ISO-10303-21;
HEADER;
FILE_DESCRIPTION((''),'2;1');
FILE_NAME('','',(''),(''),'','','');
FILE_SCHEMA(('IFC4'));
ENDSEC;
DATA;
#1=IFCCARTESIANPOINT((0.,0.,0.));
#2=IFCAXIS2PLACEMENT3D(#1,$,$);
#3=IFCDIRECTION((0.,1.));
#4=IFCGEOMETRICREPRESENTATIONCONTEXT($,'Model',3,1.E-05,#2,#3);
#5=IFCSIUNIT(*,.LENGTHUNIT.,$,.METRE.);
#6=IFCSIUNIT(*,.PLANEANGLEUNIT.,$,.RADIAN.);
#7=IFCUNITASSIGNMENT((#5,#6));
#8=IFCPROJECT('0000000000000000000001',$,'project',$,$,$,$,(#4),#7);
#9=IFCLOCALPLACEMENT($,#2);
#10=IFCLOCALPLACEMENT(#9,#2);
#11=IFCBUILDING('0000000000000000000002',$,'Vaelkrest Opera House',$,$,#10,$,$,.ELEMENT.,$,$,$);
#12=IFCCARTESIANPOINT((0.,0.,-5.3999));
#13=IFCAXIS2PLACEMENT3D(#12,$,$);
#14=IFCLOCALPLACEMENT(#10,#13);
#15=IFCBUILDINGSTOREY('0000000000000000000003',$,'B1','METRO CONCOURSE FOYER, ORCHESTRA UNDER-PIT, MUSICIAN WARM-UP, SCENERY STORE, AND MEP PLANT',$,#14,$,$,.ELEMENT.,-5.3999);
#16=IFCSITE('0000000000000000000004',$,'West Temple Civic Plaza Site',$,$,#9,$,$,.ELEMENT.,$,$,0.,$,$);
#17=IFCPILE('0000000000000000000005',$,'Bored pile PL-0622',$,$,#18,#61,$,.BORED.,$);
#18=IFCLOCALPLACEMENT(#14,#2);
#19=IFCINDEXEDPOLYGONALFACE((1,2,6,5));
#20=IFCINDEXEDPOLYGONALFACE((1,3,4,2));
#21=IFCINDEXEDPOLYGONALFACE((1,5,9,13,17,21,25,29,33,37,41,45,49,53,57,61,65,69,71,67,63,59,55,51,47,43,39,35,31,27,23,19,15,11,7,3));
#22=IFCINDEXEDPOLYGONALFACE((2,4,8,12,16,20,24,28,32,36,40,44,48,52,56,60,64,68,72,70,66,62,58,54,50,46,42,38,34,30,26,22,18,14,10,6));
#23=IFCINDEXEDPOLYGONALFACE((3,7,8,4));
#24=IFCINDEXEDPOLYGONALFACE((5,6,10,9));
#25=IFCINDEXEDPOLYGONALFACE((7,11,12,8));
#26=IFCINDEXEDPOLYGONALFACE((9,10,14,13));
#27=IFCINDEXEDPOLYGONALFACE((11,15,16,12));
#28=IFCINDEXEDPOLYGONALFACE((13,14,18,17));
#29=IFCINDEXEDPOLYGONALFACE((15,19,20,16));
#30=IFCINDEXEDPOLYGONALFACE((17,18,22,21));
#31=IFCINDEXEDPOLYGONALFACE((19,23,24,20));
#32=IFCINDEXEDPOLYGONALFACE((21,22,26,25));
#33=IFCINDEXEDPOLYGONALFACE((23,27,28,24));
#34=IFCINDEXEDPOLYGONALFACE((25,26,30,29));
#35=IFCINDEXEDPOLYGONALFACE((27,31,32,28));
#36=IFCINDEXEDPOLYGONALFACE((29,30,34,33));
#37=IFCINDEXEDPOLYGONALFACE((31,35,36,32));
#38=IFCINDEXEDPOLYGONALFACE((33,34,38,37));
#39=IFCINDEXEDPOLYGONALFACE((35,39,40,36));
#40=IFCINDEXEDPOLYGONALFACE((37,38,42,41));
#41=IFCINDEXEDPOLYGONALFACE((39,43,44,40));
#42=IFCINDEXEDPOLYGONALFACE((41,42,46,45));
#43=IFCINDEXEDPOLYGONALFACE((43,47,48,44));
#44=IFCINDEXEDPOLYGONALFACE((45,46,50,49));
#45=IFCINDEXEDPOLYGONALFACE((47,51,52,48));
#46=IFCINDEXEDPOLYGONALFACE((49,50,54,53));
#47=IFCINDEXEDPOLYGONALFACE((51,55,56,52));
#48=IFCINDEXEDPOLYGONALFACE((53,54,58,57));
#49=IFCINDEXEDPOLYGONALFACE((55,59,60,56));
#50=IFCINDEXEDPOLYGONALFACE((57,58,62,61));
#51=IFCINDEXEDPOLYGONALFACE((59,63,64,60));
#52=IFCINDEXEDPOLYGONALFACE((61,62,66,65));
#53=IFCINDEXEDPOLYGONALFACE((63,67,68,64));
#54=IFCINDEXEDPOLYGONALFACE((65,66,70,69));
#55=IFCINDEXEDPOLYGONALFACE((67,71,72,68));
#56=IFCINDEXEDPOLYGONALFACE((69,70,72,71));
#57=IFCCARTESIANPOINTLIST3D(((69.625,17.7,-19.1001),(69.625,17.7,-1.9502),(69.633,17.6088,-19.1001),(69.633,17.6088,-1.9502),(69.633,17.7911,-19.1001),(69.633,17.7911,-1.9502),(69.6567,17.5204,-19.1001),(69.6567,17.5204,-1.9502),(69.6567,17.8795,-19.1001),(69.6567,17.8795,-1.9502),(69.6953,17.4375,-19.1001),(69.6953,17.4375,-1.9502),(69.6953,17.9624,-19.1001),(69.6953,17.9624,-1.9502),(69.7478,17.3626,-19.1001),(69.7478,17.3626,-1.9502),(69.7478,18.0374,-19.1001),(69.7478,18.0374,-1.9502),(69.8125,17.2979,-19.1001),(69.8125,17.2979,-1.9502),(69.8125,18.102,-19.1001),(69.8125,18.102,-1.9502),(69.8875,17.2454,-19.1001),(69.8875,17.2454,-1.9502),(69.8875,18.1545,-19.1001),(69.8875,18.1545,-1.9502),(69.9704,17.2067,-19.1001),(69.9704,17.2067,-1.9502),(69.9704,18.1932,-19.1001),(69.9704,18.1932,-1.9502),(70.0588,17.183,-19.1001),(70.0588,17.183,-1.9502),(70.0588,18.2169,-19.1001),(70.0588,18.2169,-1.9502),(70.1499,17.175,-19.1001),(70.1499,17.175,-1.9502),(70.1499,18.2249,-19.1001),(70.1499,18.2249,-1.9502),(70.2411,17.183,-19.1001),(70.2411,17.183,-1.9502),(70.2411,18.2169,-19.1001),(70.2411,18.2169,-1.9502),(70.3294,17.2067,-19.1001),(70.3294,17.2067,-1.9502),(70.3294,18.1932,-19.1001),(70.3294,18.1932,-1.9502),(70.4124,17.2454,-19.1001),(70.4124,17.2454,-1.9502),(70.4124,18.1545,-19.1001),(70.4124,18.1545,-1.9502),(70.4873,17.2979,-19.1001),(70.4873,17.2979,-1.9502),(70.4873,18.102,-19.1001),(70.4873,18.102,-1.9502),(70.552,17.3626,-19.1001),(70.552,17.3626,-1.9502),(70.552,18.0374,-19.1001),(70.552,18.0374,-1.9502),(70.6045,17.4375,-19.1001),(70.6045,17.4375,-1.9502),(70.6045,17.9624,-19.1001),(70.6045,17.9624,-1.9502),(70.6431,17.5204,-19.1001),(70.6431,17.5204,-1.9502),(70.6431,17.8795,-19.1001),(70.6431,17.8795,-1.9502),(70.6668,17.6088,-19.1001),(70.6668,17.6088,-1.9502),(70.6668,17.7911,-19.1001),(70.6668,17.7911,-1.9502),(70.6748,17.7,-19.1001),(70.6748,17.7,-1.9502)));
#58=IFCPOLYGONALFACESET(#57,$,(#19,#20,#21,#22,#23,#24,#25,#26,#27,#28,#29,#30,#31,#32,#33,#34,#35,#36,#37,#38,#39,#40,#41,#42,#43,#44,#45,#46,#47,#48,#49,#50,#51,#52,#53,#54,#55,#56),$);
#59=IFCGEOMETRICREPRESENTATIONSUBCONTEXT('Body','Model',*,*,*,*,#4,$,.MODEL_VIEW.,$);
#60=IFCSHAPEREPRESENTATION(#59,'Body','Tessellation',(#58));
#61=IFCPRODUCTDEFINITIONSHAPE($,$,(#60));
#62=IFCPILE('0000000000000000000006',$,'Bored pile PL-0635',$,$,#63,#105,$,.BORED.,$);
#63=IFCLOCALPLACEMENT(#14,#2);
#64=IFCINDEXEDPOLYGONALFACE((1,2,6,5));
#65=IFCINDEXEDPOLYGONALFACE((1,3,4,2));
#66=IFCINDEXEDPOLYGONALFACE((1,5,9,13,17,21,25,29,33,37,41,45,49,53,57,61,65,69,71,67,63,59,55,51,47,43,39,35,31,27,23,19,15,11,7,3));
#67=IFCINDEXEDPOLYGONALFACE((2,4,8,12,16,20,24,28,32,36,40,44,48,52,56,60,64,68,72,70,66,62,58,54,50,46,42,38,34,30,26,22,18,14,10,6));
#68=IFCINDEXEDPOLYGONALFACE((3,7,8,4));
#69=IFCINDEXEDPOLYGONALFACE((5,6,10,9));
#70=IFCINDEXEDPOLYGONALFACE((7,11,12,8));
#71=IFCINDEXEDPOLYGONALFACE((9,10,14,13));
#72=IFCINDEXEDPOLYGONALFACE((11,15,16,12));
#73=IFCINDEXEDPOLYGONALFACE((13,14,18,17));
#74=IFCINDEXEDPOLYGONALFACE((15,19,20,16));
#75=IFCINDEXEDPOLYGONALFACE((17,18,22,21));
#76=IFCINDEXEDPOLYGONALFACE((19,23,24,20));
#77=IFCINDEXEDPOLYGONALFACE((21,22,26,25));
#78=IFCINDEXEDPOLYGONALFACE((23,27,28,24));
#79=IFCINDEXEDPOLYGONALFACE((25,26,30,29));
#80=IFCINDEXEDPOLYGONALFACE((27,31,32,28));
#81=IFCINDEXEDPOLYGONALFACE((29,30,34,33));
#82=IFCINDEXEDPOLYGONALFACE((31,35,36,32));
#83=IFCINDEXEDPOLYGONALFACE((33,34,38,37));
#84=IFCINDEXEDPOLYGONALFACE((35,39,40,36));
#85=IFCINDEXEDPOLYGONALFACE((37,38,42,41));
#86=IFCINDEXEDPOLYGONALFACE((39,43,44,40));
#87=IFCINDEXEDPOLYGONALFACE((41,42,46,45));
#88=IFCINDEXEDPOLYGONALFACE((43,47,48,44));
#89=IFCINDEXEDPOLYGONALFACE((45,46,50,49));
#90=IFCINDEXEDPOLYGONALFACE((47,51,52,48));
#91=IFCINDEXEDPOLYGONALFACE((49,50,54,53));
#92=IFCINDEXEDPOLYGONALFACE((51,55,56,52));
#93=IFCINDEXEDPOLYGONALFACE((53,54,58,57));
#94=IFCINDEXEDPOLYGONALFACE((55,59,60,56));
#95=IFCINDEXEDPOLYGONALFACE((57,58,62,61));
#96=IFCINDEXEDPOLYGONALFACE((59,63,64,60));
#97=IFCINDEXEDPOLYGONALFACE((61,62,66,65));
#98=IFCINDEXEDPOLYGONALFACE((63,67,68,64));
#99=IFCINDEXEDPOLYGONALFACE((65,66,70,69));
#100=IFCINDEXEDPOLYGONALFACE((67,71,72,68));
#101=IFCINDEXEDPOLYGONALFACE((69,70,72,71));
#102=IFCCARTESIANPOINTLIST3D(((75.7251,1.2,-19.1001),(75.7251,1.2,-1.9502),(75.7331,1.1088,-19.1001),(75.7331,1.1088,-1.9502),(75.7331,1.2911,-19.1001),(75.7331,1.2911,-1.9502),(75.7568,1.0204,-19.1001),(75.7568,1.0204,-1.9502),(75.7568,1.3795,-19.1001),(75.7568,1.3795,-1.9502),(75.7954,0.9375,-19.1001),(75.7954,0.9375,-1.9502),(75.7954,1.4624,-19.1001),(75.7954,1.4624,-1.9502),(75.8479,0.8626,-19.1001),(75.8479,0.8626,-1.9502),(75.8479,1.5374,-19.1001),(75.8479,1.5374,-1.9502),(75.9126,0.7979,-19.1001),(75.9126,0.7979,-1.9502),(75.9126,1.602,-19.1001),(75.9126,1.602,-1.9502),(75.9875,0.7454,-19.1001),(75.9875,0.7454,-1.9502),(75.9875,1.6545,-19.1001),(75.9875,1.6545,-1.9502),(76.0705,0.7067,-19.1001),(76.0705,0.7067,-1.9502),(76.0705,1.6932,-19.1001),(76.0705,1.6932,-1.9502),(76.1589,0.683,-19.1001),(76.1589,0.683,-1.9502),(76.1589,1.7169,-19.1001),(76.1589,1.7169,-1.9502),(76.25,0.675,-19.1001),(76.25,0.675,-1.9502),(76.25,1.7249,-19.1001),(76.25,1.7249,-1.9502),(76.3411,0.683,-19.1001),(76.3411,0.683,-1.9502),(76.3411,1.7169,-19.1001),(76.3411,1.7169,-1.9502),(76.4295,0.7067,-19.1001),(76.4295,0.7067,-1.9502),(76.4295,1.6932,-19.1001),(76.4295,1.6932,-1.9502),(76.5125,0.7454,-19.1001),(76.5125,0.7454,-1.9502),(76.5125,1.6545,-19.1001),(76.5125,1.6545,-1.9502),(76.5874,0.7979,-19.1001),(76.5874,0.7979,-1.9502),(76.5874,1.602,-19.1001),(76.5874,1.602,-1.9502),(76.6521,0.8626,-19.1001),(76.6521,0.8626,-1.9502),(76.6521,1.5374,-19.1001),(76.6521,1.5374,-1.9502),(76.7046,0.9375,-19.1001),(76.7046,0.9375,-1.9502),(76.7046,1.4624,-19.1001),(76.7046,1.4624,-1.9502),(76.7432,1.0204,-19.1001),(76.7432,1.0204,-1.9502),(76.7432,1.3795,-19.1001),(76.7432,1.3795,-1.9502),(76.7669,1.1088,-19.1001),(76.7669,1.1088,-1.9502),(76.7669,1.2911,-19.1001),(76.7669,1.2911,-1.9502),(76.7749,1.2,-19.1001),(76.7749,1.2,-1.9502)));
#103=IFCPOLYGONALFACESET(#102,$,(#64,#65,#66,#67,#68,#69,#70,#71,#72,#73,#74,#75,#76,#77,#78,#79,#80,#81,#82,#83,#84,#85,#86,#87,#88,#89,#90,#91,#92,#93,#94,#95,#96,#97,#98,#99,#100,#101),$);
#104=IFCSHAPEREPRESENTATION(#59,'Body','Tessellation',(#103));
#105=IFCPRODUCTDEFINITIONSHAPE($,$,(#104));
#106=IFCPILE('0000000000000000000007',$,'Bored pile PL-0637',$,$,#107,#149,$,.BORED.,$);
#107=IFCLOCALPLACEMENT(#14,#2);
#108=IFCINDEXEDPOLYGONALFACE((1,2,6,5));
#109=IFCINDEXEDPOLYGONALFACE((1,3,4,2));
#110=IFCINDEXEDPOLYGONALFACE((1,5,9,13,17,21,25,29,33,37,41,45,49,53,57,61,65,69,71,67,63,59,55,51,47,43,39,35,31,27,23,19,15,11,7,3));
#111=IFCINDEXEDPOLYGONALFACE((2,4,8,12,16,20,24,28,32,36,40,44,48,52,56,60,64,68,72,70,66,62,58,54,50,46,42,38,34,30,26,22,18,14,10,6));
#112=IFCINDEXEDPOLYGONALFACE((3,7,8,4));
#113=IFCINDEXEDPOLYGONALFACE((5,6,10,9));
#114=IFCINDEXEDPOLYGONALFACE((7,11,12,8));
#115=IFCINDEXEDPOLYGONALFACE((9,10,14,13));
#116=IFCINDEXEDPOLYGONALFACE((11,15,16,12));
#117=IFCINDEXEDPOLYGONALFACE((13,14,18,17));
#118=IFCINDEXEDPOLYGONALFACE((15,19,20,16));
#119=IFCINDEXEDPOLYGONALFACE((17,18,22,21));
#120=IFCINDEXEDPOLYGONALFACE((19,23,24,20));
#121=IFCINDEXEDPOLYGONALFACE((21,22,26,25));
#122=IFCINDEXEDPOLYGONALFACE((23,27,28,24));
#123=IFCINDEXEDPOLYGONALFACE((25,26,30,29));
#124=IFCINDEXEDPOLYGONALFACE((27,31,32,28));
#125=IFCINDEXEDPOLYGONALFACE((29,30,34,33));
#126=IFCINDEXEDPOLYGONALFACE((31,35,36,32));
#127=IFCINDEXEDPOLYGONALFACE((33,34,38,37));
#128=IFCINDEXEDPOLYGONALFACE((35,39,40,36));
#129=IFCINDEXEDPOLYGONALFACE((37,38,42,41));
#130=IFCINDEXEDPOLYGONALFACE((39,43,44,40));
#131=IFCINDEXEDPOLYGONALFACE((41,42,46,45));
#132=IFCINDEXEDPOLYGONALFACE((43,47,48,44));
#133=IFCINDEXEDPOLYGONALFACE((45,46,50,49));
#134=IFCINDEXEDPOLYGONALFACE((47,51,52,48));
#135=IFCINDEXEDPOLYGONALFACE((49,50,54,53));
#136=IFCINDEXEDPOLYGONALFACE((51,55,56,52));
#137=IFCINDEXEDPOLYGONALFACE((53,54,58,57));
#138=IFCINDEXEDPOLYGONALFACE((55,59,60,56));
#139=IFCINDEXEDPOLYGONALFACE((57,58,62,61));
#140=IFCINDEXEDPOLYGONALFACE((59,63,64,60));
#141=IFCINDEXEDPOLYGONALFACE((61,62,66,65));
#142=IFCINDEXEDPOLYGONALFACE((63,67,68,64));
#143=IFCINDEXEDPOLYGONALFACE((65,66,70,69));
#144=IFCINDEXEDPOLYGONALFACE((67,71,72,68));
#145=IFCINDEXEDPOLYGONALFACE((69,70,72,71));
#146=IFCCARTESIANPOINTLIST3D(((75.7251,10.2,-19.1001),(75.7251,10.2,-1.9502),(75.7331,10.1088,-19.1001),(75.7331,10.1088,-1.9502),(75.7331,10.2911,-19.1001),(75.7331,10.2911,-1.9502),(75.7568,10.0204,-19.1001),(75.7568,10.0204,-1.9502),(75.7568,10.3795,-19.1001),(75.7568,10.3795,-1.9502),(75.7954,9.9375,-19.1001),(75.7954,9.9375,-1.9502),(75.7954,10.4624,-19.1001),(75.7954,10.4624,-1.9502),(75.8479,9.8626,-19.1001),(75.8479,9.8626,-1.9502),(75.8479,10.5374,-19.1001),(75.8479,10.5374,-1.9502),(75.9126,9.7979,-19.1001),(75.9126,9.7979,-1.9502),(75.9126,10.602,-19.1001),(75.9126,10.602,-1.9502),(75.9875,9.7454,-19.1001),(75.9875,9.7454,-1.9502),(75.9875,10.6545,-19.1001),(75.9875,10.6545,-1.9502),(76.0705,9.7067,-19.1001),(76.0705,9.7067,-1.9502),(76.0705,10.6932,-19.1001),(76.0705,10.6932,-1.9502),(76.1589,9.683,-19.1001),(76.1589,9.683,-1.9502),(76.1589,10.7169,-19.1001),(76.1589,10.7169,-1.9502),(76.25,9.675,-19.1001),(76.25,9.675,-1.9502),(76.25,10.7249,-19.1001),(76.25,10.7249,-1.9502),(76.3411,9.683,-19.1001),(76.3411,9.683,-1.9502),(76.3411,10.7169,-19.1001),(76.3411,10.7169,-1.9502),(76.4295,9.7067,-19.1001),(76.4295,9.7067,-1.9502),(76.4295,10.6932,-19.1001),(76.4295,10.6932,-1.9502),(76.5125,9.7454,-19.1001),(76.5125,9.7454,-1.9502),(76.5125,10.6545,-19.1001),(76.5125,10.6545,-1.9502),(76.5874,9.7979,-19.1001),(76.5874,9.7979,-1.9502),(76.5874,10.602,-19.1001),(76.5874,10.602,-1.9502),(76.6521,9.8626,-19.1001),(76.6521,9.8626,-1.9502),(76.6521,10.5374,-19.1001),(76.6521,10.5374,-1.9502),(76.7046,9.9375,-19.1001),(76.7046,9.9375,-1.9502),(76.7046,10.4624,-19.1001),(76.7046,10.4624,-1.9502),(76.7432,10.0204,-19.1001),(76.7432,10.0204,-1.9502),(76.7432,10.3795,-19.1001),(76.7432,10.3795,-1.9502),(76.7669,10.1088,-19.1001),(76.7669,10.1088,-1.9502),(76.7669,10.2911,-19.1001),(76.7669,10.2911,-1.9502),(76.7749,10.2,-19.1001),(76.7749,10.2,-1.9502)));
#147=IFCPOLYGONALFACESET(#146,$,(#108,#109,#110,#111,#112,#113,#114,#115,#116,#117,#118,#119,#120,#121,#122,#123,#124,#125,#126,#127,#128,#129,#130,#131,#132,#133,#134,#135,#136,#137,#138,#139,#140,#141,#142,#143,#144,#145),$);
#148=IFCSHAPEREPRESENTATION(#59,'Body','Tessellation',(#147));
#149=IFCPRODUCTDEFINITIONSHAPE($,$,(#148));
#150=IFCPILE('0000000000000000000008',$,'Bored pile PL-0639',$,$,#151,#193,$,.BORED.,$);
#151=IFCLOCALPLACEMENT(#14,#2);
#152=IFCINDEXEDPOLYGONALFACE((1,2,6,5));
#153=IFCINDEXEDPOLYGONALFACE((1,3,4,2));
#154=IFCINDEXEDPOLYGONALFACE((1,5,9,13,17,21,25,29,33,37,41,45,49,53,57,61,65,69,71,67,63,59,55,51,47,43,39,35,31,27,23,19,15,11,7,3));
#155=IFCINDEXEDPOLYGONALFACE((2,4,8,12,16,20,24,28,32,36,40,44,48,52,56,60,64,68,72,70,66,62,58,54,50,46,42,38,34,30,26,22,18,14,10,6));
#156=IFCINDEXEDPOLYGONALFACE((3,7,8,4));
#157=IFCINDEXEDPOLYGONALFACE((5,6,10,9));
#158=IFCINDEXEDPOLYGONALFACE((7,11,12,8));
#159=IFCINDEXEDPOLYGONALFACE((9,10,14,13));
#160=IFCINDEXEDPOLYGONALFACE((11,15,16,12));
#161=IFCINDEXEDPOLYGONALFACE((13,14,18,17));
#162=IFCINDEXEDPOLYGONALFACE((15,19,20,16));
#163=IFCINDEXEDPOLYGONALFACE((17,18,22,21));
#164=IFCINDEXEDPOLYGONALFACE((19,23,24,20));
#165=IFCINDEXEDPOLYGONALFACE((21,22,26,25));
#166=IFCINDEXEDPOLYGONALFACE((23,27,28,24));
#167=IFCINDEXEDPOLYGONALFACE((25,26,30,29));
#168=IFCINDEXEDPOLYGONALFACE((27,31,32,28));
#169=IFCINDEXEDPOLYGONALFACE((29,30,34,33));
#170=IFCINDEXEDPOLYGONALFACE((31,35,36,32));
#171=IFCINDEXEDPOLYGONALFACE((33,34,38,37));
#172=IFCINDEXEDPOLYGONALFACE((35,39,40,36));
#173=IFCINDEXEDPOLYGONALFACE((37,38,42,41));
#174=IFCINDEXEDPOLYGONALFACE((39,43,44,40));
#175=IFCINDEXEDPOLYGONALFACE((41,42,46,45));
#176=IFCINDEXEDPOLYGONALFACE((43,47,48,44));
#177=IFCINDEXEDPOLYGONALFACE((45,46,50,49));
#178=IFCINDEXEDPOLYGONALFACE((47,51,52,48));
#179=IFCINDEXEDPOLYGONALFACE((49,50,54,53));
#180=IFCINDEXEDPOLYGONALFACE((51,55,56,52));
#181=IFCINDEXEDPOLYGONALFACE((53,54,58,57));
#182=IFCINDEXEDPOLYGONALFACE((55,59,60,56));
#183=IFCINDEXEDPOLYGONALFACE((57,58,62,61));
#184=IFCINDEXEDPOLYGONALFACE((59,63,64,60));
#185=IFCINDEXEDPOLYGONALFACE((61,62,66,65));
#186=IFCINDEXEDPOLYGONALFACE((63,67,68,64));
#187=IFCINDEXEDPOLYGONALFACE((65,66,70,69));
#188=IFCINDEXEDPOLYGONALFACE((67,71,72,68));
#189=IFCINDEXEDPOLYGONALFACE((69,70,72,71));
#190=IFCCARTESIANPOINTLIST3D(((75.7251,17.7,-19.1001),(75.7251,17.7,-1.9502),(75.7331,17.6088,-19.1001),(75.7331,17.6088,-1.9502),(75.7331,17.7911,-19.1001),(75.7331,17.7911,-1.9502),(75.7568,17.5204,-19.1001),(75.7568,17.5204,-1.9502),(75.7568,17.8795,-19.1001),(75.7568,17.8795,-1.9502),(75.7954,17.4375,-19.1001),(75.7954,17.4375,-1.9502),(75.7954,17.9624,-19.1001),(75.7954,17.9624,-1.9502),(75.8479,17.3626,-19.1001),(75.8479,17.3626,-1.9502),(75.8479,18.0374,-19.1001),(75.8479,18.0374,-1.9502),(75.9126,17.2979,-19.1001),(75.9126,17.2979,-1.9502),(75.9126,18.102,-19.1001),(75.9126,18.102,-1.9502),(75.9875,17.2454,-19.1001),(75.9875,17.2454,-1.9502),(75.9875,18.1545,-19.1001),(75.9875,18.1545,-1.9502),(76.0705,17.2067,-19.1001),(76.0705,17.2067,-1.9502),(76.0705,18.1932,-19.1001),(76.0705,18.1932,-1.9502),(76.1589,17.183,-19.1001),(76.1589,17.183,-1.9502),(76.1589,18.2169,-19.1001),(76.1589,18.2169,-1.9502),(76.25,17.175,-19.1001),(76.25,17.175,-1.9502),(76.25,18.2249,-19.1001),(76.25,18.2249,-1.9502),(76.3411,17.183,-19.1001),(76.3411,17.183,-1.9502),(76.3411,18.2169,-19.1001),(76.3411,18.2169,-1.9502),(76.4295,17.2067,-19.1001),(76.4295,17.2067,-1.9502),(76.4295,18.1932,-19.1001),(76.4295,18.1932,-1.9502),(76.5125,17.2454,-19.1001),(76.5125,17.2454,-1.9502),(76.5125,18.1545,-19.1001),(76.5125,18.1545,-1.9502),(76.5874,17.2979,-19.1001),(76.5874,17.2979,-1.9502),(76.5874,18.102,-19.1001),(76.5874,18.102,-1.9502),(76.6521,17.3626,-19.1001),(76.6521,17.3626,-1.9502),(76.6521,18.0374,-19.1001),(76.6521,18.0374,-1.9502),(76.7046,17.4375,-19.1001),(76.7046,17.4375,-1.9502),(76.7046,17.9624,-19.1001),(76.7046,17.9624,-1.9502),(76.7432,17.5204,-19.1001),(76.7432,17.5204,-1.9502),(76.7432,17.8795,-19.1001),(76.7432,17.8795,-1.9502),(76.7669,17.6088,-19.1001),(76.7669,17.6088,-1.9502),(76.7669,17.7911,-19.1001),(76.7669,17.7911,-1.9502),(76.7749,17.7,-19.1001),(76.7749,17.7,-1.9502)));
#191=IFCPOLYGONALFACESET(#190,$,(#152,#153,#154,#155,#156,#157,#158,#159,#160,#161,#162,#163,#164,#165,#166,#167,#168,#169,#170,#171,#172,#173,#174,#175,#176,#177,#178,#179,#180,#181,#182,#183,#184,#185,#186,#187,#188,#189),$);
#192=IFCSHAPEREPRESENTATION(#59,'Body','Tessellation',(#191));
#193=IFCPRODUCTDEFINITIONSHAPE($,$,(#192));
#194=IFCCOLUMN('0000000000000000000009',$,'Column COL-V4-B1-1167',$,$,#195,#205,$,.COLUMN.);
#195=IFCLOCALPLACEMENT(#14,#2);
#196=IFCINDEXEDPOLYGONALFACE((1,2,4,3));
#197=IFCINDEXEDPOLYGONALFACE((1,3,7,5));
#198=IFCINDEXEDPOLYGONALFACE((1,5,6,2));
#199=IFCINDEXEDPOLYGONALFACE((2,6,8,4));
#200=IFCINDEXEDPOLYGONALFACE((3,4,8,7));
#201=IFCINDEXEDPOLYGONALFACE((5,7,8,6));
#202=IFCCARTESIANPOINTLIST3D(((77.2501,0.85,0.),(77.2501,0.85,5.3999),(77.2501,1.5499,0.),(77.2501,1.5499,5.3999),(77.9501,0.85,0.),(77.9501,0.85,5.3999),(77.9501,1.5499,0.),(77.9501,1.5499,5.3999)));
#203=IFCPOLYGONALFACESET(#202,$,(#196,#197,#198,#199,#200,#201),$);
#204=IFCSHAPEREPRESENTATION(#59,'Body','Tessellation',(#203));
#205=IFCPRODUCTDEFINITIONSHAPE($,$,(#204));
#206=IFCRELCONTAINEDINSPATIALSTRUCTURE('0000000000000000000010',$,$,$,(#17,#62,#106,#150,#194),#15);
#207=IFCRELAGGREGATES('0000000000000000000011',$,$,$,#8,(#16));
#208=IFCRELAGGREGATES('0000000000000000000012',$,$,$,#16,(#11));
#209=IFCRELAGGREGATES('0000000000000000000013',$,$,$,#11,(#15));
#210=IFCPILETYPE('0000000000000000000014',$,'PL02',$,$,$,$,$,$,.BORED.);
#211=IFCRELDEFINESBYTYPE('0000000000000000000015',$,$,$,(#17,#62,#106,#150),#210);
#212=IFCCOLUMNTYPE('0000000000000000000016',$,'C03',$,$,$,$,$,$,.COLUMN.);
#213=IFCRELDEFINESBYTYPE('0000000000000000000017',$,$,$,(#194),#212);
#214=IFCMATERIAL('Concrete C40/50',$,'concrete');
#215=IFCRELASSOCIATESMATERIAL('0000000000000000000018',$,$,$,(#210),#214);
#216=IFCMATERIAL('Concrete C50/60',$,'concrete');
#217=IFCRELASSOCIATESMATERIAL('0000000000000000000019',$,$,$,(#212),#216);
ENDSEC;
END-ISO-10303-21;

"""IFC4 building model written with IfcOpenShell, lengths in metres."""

from ifc_helpers import new_model, si_unit, direction, frame, origin, origin_2d, place, context, subcontext, project, spatial, rectangle, circle, extrude, material, material_profile, profile_set, type_object, element, save


model = new_model("IFC4")

# Units and contexts
model_context = context("Model", 3, precision=1e-05, world=origin(), true_north=direction((0.0, 1.0)))
body_context = subcontext(model_context, "Body", "Model", "MODEL_VIEW")
ifc_project = project(units=[si_unit("LENGTHUNIT", "METRE"), si_unit("PLANEANGLEUNIT", "RADIAN")], contexts=[model_context])

# Site, building, storey
site_placement = place(None, origin())
site = spatial("IfcSite", under=ifc_project, at=site_placement, Name="West Temple Civic Plaza Site", CompositionType="ELEMENT", RefElevation=0.0)
building_placement = place(site_placement, origin())
building = spatial("IfcBuilding", under=site, at=building_placement, Name="Vaelkrest Opera House", CompositionType="ELEMENT")
storey_placement = place(building_placement, frame((0.0, 0.0, -5.3999)))
storey = spatial("IfcBuildingStorey", under=building, at=storey_placement, Name="B1", Description="METRO CONCOURSE FOYER, ORCHESTRA UNDER-PIT, MUSICIAN WARM-UP, SCENERY STORE, AND MEP PLANT", CompositionType="ELEMENT", Elevation=-5.3999)

# Shared definitions
ifc_material_1 = material(Name="Concrete C40/50", Category="concrete")

# Piles
ifc_material_profile_1 = material_profile(ifc_material_1, circle(Radius=0.5249, at=origin_2d()), Name="PILE1050")
ifc_profile_set_1 = profile_set([ifc_material_profile_1], Name="Concrete C40/50")
pile_type = type_object("IfcPileType", Name="PL02", PredefinedType="BORED", material=ifc_profile_set_1)
for number, where, z_axis, x_axis, name in (
    (1, (70.1499, 17.7, -1.9502), (0.0, 0.0, -1.0), (1.0, 0.0, 0.0), "Bored pile PL-0622"),
    (2, (76.25, 1.2, -1.9502), (0.0, 0.0, -1.0), (1.0, 0.0, 0.0), "Bored pile PL-0635"),
    (3, (76.25, 10.2, -1.9502), (0.0, 0.0, -1.0), (1.0, 0.0, 0.0), "Bored pile PL-0637"),
    (4, (76.25, 17.7, -1.9502), (0.0, 0.0, -1.0), (1.0, 0.0, 0.0), "Bored pile PL-0639"),
):
    element("IfcPile", number, at=place(storey_placement, frame(where, z_axis=z_axis, x_axis=x_axis)), inside=storey, type_object=pile_type, Name=name, PredefinedType="BORED", context=body_context, shape_type="SweptSolid", body=[
        extrude(circle(Radius=0.5249, at=origin_2d()), origin(), (0.0, 0.0, 1.0), 17.1499),
    ])

# Column
ifc_material_2 = material(Name="Concrete C50/60", Category="concrete")
ifc_material_profile_2 = material_profile(ifc_material_2, rectangle(XDim=0.7, YDim=0.7, at=origin_2d()), Name="RC700X700")
ifc_profile_set_2 = profile_set([ifc_material_profile_2], Name="Concrete C50/60")
column_type = type_object("IfcColumnType", Name="C03", PredefinedType="COLUMN", material=ifc_profile_set_2)
for number, where, z_axis, x_axis, name in (
    (5, (77.6001, 1.2, 0.0), (0.0, 0.0, 1.0), (1.0, 0.0, 0.0), "Column COL-V4-B1-1167"),
):
    element("IfcColumn", number, at=place(storey_placement, frame(where, z_axis=z_axis, x_axis=x_axis)), inside=storey, type_object=column_type, Name=name, PredefinedType="COLUMN", context=body_context, shape_type="SweptSolid", body=[
        extrude(rectangle(XDim=0.7, YDim=0.7, at=origin_2d()), origin(), (0.0, 0.0, 1.0), 5.3999),
    ])

save(model, "model.ifc")
